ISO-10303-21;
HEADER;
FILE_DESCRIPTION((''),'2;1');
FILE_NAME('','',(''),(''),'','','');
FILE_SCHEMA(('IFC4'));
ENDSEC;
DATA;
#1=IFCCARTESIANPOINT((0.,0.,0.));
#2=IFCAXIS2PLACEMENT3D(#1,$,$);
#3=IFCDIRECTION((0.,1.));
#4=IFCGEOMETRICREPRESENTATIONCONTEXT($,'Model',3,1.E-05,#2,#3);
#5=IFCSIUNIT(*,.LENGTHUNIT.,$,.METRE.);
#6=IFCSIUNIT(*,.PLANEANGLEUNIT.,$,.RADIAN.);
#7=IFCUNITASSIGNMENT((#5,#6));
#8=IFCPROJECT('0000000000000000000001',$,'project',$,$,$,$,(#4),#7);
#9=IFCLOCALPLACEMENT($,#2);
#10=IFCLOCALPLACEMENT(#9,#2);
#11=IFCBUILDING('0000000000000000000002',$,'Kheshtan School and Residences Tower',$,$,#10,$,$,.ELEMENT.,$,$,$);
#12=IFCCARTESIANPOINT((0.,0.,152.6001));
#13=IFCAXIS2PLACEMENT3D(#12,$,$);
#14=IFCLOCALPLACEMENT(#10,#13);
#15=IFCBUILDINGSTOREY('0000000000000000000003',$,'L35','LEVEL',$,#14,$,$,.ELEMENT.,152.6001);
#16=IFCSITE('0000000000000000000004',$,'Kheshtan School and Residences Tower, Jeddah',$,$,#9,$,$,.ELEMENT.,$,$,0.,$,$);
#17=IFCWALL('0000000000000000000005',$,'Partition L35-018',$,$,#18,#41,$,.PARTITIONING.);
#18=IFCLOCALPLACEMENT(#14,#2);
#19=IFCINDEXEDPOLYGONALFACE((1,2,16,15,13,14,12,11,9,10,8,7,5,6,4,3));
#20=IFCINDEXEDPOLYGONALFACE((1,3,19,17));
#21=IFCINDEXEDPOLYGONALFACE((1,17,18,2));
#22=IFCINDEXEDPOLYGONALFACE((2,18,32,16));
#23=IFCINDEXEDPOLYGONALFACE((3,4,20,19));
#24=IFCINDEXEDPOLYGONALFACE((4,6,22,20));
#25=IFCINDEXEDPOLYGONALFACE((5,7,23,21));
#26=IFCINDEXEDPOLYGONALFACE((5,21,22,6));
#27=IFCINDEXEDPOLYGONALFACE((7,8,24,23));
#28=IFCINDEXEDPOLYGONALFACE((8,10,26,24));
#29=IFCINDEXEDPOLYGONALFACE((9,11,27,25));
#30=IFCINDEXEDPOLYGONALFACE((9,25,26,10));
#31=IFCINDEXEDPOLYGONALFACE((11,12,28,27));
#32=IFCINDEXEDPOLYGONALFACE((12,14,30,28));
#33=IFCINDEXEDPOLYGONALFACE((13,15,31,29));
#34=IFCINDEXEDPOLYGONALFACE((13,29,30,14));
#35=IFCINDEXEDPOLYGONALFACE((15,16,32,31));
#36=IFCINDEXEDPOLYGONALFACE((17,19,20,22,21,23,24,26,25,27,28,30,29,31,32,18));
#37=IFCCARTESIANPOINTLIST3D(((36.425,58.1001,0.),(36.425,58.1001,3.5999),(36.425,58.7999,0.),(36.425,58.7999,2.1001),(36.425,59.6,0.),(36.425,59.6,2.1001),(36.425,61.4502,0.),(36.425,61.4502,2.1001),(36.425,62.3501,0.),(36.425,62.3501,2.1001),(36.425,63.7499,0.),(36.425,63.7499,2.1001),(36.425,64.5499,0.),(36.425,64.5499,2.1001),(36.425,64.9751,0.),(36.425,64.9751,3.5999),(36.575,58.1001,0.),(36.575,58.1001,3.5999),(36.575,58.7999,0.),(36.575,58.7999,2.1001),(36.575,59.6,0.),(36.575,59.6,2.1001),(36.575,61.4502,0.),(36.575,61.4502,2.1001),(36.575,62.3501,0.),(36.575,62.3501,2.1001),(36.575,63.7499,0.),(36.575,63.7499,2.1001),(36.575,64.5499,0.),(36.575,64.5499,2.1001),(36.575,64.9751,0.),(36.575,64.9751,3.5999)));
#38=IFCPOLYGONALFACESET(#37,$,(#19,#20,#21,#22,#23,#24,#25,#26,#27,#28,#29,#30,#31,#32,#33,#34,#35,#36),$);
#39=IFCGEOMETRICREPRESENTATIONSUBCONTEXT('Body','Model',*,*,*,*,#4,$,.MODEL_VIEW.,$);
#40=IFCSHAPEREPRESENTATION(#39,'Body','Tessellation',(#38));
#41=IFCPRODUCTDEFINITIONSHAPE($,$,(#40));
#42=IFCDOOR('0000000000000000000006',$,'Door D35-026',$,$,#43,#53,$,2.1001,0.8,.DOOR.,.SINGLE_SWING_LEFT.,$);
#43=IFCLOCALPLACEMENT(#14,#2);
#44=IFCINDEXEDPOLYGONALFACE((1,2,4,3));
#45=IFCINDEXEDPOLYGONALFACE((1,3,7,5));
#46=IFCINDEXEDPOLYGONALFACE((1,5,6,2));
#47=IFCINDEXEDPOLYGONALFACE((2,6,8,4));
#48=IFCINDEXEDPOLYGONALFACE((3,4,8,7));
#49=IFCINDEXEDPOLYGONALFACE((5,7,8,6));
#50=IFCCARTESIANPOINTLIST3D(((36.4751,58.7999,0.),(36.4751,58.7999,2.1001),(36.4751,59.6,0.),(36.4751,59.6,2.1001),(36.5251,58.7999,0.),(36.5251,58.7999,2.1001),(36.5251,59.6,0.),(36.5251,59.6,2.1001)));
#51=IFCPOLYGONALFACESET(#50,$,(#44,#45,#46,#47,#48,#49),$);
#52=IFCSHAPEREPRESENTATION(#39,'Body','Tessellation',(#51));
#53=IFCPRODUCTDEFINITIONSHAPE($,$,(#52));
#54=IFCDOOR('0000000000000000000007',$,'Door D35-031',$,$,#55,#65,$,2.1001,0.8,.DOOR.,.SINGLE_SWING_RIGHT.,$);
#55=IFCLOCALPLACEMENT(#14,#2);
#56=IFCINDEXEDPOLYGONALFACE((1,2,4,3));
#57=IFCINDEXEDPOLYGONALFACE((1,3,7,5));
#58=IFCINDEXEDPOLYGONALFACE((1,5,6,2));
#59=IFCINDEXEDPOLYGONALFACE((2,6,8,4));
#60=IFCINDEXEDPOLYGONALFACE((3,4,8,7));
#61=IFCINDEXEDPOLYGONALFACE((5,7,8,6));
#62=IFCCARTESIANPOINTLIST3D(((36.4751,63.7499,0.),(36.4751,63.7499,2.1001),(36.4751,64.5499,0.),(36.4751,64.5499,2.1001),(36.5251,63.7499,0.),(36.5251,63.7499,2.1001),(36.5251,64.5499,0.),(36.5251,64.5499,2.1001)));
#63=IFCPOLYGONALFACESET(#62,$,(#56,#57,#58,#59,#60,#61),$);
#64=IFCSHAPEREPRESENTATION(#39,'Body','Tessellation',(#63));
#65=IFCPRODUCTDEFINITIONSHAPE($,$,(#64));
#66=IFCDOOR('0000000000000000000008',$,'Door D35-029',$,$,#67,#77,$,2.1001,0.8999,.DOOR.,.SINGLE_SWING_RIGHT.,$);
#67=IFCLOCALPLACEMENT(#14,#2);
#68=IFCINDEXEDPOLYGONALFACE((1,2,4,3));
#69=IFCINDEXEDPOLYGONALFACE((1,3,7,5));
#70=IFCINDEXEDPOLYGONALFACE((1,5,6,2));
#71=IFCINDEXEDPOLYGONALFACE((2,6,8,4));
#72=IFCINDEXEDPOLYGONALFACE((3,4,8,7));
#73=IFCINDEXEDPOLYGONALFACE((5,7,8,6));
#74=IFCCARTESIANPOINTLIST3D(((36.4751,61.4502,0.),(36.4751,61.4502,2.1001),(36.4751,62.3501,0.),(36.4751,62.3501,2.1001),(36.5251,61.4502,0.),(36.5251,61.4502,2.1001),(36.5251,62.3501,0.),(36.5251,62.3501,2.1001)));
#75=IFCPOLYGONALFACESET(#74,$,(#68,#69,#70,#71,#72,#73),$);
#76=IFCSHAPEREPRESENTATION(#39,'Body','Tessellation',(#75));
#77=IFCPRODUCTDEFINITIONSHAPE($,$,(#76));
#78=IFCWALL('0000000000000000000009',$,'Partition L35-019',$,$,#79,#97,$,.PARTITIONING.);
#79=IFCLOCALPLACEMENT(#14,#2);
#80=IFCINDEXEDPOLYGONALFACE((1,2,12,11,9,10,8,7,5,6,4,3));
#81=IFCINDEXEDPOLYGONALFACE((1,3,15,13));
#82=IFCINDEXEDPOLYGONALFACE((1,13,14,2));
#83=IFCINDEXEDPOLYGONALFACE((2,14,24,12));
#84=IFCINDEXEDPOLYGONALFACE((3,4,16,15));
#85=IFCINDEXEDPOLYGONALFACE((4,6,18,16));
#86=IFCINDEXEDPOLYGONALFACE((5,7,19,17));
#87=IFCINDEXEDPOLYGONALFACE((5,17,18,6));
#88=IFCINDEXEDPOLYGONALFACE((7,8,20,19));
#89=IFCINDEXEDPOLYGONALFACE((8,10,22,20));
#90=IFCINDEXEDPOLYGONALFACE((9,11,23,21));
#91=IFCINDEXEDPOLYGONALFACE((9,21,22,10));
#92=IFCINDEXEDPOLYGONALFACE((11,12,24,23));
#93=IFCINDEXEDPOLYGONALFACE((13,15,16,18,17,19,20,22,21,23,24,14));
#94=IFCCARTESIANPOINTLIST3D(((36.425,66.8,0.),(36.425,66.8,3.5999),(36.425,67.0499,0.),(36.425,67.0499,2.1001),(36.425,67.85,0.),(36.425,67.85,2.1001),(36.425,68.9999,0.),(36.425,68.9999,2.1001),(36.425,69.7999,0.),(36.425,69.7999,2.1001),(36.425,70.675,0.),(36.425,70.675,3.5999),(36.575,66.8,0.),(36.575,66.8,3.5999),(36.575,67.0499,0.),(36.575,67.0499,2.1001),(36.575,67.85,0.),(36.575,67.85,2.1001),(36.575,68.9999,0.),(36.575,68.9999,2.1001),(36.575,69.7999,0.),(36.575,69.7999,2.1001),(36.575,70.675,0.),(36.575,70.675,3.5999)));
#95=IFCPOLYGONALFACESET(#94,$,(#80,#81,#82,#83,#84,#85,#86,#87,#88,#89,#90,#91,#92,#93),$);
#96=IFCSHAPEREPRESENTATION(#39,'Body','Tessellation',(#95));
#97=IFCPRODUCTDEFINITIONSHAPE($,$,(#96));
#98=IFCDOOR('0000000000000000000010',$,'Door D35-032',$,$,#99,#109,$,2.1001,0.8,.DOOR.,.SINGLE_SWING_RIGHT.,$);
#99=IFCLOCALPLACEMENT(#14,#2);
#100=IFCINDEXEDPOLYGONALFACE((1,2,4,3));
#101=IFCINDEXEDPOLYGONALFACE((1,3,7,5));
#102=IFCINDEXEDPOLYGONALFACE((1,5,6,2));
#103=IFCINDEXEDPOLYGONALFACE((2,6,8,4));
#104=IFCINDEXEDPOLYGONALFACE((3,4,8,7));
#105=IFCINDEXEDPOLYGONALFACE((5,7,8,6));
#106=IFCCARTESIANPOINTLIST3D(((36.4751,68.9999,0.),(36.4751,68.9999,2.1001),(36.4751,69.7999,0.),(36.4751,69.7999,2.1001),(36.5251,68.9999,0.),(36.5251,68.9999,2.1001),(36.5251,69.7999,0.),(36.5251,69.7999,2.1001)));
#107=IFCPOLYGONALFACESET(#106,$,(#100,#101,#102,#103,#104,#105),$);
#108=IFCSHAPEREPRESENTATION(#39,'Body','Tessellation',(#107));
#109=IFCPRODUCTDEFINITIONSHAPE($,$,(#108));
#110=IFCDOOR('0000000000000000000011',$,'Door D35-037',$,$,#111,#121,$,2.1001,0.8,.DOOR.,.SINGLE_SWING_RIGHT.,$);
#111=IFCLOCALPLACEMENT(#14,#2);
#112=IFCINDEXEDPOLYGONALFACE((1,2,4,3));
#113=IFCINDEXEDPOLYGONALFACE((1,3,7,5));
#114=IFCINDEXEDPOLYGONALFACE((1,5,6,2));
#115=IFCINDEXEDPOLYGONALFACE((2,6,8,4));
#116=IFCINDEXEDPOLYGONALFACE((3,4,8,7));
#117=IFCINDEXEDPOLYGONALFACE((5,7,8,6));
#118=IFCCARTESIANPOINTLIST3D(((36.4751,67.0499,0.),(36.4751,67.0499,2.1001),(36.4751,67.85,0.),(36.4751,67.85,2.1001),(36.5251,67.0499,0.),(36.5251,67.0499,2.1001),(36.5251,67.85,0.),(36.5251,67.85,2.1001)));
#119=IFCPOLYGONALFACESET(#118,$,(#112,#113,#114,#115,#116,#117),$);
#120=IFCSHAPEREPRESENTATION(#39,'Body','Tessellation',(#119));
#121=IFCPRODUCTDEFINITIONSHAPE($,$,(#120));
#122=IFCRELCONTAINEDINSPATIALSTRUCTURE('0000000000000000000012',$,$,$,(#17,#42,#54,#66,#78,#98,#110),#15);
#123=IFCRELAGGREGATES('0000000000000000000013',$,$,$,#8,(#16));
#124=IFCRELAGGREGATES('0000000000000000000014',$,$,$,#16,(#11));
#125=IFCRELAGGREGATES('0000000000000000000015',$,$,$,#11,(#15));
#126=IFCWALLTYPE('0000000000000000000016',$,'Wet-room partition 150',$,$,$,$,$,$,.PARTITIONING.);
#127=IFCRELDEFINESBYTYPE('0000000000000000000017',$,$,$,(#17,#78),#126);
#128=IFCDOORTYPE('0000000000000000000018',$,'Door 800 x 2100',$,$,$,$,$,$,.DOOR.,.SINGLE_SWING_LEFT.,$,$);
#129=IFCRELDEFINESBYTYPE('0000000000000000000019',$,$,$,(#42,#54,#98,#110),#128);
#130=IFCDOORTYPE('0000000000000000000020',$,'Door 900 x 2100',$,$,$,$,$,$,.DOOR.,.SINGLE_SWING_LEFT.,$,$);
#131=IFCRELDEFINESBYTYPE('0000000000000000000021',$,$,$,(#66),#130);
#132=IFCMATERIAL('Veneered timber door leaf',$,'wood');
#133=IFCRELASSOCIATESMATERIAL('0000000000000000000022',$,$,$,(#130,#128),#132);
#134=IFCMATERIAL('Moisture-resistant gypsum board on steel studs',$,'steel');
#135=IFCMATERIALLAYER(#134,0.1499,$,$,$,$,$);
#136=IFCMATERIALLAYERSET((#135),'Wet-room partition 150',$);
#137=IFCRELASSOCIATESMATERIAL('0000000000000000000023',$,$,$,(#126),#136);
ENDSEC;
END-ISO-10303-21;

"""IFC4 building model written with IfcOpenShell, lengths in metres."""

from ifc_helpers import new_model, si_unit, direction, frame, frame_2d, origin, place, context, subcontext, project, spatial, rectangle, extrude, source, transform, mapped, material, layer, layer_set, type_object, element, fill, save


model = new_model("IFC4")

# Units and contexts
model_context = context("Model", 3, precision=1e-05, world=origin(), true_north=direction((0.0, 1.0)))
body_context = subcontext(model_context, "Body", "Model", "MODEL_VIEW")
ifc_project = project(units=[si_unit("LENGTHUNIT", "METRE"), si_unit("PLANEANGLEUNIT", "RADIAN")], contexts=[model_context])

# Site, building, storey
site_placement = place(None, origin())
site = spatial("IfcSite", under=ifc_project, at=site_placement, Name="Kheshtan School and Residences Tower, Jeddah", CompositionType="ELEMENT", RefElevation=0.0)
building_placement = place(site_placement, origin())
building = spatial("IfcBuilding", under=site, at=building_placement, Name="Kheshtan School and Residences Tower", CompositionType="ELEMENT")
storey_placement = place(building_placement, frame((0.0, 0.0, 152.6001)))
storey = spatial("IfcBuildingStorey", under=building, at=storey_placement, Name="L35", Description="LEVEL", CompositionType="ELEMENT", Elevation=152.6001)

# Shared definitions
ifc_material_1 = material(Name="Veneered timber door leaf", Category="wood")
door_type_1 = type_object("IfcDoorType", Name="Door 900 x 2100", OperationType="SINGLE_SWING_LEFT", PredefinedType="DOOR", material=ifc_material_1)
shared_shape_1 = source(origin(), body_context, "Body", "SweptSolid", [
    extrude(rectangle(XDim=0.8999, YDim=2.1001, at=frame_2d((0.45, 1.05))), frame((0.0, 0.0249, 0.0), z_axis=(0.0, -1.0, 0.0), x_axis=(1.0, 0.0, 0.0)), (0.0, 0.0, 1.0), 0.05),
])

# Shared definitions
ifc_material_2 = material(Name="Moisture-resistant gypsum board on steel studs", Category="steel")
ifc_layer_1 = layer(ifc_material_2, 0.1499)
ifc_layer_set_1 = layer_set([ifc_layer_1], Name="Wet-room partition 150")
wall_type_1 = type_object("IfcWallType", Name="Wet-room partition 150", PredefinedType="PARTITIONING", material=ifc_layer_set_1)

# Walls, openings, doors
wall_1_placement = place(storey_placement, frame((36.5, 58.1001, 0.0), z_axis=(0.0, 0.0, 1.0), x_axis=(0.0, 1.0, 0.0)))
wall_1 = element("IfcWall", 1, at=wall_1_placement, inside=storey, type_object=wall_type_1, Name="Partition L35-018", PredefinedType="PARTITIONING", context=body_context, shape_type="SweptSolid", body=[
    extrude(rectangle(XDim=6.875, YDim=0.1499, at=frame_2d((3.4375, 0.0))), origin(), (0.0, 0.0, 1.0), 3.5999),
])
opening_1_placement = place(wall_1_placement, frame((0.7, 0.0, 0.0)))
opening_1 = element("IfcOpeningElement", 2, at=opening_1_placement, cuts=wall_1, PredefinedType="OPENING", context=body_context, shape_type="SweptSolid", body=[
    extrude(rectangle(XDim=0.8, YDim=2.1001, at=frame_2d((0.3999, 1.05))), frame((0.0, 0.085, 0.0), z_axis=(0.0, -1.0, 0.0), x_axis=(1.0, 0.0, 0.0)), (0.0, 0.0, 1.0), 0.1699),
])
opening_2_placement = place(wall_1_placement, frame((3.3501, 0.0, 0.0)))
opening_2 = element("IfcOpeningElement", 3, at=opening_2_placement, cuts=wall_1, PredefinedType="OPENING", context=body_context, shape_type="SweptSolid", body=[
    extrude(rectangle(XDim=0.8999, YDim=2.1001, at=frame_2d((0.45, 1.05))), frame((0.0, 0.085, 0.0), z_axis=(0.0, -1.0, 0.0), x_axis=(1.0, 0.0, 0.0)), (0.0, 0.0, 1.0), 0.1699),
])
opening_3_placement = place(wall_1_placement, frame((5.6499, 0.0, 0.0)))
opening_3 = element("IfcOpeningElement", 4, at=opening_3_placement, cuts=wall_1, PredefinedType="OPENING", context=body_context, shape_type="SweptSolid", body=[
    extrude(rectangle(XDim=0.8, YDim=2.1001, at=frame_2d((0.3999, 1.05))), frame((0.0, 0.085, 0.0), z_axis=(0.0, -1.0, 0.0), x_axis=(1.0, 0.0, 0.0)), (0.0, 0.0, 1.0), 0.1699),
])
door_type_2 = type_object("IfcDoorType", Name="Door 800 x 2100", OperationType="SINGLE_SWING_LEFT", PredefinedType="DOOR", material=ifc_material_1)
shared_shape_2 = source(origin(), body_context, "Body", "SweptSolid", [
    extrude(rectangle(XDim=0.8, YDim=2.1001, at=frame_2d((0.3999, 1.05))), frame((0.0, 0.0249, 0.0), z_axis=(0.0, -1.0, 0.0), x_axis=(1.0, 0.0, 0.0)), (0.0, 0.0, 1.0), 0.05),
])
door_1_placement = place(opening_1_placement, origin())
door_1 = element("IfcDoor", 5, at=door_1_placement, inside=storey, type_object=door_type_2, Name="Door D35-026", OperationType="SINGLE_SWING_LEFT", OverallHeight=2.1001, OverallWidth=0.8, PredefinedType="DOOR", context=body_context, shape_type="MappedRepresentation", body=[
    mapped(shared_shape_2, transform((0.0, 0.0, 0.0), x_axis=(1.0, 0.0, 0.0), y_axis=(0.0, 1.0, 0.0), z_axis=(0.0, 0.0, 1.0), scale=1.0)),
])
fill(opening_1, door_1)
door_2_placement = place(opening_3_placement, origin())
door_2 = element("IfcDoor", 6, at=door_2_placement, inside=storey, type_object=door_type_2, Name="Door D35-031", OperationType="SINGLE_SWING_RIGHT", OverallHeight=2.1001, OverallWidth=0.8, PredefinedType="DOOR", context=body_context, shape_type="MappedRepresentation", body=[
    mapped(shared_shape_2, transform((0.0, 0.0, 0.0), x_axis=(1.0, 0.0, 0.0), y_axis=(0.0, 1.0, 0.0), z_axis=(0.0, 0.0, 1.0), scale=1.0)),
])
fill(opening_3, door_2)
door_3_placement = place(opening_2_placement, origin())
door_3 = element("IfcDoor", 7, at=door_3_placement, inside=storey, type_object=door_type_1, Name="Door D35-029", OperationType="SINGLE_SWING_RIGHT", OverallHeight=2.1001, OverallWidth=0.8999, PredefinedType="DOOR", context=body_context, shape_type="MappedRepresentation", body=[
    mapped(shared_shape_1, transform((0.0, 0.0, 0.0), x_axis=(1.0, 0.0, 0.0), y_axis=(0.0, 1.0, 0.0), z_axis=(0.0, 0.0, 1.0), scale=1.0)),
])
fill(opening_2, door_3)
wall_2_placement = place(storey_placement, frame((36.5, 66.8, 0.0), z_axis=(0.0, 0.0, 1.0), x_axis=(0.0, 1.0, 0.0)))
wall_2 = element("IfcWall", 8, at=wall_2_placement, inside=storey, type_object=wall_type_1, Name="Partition L35-019", PredefinedType="PARTITIONING", context=body_context, shape_type="SweptSolid", body=[
    extrude(rectangle(XDim=3.875, YDim=0.1499, at=frame_2d((1.9375, 0.0))), origin(), (0.0, 0.0, 1.0), 3.5999),
])
opening_4_placement = place(wall_2_placement, frame((2.2, 0.0, 0.0)))
opening_4 = element("IfcOpeningElement", 9, at=opening_4_placement, cuts=wall_2, PredefinedType="OPENING", context=body_context, shape_type="SweptSolid", body=[
    extrude(rectangle(XDim=0.8, YDim=2.1001, at=frame_2d((0.3999, 1.05))), frame((0.0, 0.085, 0.0), z_axis=(0.0, -1.0, 0.0), x_axis=(1.0, 0.0, 0.0)), (0.0, 0.0, 1.0), 0.1699),
])
opening_5_placement = place(wall_2_placement, frame((0.25, 0.0, 0.0)))
opening_5 = element("IfcOpeningElement", 10, at=opening_5_placement, cuts=wall_2, PredefinedType="OPENING", context=body_context, shape_type="SweptSolid", body=[
    extrude(rectangle(XDim=0.8, YDim=2.1001, at=frame_2d((0.3999, 1.05))), frame((0.0, 0.085, 0.0), z_axis=(0.0, -1.0, 0.0), x_axis=(1.0, 0.0, 0.0)), (0.0, 0.0, 1.0), 0.1699),
])
door_4_placement = place(opening_4_placement, origin())
door_4 = element("IfcDoor", 11, at=door_4_placement, inside=storey, type_object=door_type_2, Name="Door D35-032", OperationType="SINGLE_SWING_RIGHT", OverallHeight=2.1001, OverallWidth=0.8, PredefinedType="DOOR", context=body_context, shape_type="MappedRepresentation", body=[
    mapped(shared_shape_2, transform((0.0, 0.0, 0.0), x_axis=(1.0, 0.0, 0.0), y_axis=(0.0, 1.0, 0.0), z_axis=(0.0, 0.0, 1.0), scale=1.0)),
])
fill(opening_4, door_4)
door_5_placement = place(opening_5_placement, origin())
door_5 = element("IfcDoor", 12, at=door_5_placement, inside=storey, type_object=door_type_2, Name="Door D35-037", OperationType="SINGLE_SWING_RIGHT", OverallHeight=2.1001, OverallWidth=0.8, PredefinedType="DOOR", context=body_context, shape_type="MappedRepresentation", body=[
    mapped(shared_shape_2, transform((0.0, 0.0, 0.0), x_axis=(1.0, 0.0, 0.0), y_axis=(0.0, 1.0, 0.0), z_axis=(0.0, 0.0, 1.0), scale=1.0)),
])
fill(opening_5, door_5)

save(model, "model.ifc")
